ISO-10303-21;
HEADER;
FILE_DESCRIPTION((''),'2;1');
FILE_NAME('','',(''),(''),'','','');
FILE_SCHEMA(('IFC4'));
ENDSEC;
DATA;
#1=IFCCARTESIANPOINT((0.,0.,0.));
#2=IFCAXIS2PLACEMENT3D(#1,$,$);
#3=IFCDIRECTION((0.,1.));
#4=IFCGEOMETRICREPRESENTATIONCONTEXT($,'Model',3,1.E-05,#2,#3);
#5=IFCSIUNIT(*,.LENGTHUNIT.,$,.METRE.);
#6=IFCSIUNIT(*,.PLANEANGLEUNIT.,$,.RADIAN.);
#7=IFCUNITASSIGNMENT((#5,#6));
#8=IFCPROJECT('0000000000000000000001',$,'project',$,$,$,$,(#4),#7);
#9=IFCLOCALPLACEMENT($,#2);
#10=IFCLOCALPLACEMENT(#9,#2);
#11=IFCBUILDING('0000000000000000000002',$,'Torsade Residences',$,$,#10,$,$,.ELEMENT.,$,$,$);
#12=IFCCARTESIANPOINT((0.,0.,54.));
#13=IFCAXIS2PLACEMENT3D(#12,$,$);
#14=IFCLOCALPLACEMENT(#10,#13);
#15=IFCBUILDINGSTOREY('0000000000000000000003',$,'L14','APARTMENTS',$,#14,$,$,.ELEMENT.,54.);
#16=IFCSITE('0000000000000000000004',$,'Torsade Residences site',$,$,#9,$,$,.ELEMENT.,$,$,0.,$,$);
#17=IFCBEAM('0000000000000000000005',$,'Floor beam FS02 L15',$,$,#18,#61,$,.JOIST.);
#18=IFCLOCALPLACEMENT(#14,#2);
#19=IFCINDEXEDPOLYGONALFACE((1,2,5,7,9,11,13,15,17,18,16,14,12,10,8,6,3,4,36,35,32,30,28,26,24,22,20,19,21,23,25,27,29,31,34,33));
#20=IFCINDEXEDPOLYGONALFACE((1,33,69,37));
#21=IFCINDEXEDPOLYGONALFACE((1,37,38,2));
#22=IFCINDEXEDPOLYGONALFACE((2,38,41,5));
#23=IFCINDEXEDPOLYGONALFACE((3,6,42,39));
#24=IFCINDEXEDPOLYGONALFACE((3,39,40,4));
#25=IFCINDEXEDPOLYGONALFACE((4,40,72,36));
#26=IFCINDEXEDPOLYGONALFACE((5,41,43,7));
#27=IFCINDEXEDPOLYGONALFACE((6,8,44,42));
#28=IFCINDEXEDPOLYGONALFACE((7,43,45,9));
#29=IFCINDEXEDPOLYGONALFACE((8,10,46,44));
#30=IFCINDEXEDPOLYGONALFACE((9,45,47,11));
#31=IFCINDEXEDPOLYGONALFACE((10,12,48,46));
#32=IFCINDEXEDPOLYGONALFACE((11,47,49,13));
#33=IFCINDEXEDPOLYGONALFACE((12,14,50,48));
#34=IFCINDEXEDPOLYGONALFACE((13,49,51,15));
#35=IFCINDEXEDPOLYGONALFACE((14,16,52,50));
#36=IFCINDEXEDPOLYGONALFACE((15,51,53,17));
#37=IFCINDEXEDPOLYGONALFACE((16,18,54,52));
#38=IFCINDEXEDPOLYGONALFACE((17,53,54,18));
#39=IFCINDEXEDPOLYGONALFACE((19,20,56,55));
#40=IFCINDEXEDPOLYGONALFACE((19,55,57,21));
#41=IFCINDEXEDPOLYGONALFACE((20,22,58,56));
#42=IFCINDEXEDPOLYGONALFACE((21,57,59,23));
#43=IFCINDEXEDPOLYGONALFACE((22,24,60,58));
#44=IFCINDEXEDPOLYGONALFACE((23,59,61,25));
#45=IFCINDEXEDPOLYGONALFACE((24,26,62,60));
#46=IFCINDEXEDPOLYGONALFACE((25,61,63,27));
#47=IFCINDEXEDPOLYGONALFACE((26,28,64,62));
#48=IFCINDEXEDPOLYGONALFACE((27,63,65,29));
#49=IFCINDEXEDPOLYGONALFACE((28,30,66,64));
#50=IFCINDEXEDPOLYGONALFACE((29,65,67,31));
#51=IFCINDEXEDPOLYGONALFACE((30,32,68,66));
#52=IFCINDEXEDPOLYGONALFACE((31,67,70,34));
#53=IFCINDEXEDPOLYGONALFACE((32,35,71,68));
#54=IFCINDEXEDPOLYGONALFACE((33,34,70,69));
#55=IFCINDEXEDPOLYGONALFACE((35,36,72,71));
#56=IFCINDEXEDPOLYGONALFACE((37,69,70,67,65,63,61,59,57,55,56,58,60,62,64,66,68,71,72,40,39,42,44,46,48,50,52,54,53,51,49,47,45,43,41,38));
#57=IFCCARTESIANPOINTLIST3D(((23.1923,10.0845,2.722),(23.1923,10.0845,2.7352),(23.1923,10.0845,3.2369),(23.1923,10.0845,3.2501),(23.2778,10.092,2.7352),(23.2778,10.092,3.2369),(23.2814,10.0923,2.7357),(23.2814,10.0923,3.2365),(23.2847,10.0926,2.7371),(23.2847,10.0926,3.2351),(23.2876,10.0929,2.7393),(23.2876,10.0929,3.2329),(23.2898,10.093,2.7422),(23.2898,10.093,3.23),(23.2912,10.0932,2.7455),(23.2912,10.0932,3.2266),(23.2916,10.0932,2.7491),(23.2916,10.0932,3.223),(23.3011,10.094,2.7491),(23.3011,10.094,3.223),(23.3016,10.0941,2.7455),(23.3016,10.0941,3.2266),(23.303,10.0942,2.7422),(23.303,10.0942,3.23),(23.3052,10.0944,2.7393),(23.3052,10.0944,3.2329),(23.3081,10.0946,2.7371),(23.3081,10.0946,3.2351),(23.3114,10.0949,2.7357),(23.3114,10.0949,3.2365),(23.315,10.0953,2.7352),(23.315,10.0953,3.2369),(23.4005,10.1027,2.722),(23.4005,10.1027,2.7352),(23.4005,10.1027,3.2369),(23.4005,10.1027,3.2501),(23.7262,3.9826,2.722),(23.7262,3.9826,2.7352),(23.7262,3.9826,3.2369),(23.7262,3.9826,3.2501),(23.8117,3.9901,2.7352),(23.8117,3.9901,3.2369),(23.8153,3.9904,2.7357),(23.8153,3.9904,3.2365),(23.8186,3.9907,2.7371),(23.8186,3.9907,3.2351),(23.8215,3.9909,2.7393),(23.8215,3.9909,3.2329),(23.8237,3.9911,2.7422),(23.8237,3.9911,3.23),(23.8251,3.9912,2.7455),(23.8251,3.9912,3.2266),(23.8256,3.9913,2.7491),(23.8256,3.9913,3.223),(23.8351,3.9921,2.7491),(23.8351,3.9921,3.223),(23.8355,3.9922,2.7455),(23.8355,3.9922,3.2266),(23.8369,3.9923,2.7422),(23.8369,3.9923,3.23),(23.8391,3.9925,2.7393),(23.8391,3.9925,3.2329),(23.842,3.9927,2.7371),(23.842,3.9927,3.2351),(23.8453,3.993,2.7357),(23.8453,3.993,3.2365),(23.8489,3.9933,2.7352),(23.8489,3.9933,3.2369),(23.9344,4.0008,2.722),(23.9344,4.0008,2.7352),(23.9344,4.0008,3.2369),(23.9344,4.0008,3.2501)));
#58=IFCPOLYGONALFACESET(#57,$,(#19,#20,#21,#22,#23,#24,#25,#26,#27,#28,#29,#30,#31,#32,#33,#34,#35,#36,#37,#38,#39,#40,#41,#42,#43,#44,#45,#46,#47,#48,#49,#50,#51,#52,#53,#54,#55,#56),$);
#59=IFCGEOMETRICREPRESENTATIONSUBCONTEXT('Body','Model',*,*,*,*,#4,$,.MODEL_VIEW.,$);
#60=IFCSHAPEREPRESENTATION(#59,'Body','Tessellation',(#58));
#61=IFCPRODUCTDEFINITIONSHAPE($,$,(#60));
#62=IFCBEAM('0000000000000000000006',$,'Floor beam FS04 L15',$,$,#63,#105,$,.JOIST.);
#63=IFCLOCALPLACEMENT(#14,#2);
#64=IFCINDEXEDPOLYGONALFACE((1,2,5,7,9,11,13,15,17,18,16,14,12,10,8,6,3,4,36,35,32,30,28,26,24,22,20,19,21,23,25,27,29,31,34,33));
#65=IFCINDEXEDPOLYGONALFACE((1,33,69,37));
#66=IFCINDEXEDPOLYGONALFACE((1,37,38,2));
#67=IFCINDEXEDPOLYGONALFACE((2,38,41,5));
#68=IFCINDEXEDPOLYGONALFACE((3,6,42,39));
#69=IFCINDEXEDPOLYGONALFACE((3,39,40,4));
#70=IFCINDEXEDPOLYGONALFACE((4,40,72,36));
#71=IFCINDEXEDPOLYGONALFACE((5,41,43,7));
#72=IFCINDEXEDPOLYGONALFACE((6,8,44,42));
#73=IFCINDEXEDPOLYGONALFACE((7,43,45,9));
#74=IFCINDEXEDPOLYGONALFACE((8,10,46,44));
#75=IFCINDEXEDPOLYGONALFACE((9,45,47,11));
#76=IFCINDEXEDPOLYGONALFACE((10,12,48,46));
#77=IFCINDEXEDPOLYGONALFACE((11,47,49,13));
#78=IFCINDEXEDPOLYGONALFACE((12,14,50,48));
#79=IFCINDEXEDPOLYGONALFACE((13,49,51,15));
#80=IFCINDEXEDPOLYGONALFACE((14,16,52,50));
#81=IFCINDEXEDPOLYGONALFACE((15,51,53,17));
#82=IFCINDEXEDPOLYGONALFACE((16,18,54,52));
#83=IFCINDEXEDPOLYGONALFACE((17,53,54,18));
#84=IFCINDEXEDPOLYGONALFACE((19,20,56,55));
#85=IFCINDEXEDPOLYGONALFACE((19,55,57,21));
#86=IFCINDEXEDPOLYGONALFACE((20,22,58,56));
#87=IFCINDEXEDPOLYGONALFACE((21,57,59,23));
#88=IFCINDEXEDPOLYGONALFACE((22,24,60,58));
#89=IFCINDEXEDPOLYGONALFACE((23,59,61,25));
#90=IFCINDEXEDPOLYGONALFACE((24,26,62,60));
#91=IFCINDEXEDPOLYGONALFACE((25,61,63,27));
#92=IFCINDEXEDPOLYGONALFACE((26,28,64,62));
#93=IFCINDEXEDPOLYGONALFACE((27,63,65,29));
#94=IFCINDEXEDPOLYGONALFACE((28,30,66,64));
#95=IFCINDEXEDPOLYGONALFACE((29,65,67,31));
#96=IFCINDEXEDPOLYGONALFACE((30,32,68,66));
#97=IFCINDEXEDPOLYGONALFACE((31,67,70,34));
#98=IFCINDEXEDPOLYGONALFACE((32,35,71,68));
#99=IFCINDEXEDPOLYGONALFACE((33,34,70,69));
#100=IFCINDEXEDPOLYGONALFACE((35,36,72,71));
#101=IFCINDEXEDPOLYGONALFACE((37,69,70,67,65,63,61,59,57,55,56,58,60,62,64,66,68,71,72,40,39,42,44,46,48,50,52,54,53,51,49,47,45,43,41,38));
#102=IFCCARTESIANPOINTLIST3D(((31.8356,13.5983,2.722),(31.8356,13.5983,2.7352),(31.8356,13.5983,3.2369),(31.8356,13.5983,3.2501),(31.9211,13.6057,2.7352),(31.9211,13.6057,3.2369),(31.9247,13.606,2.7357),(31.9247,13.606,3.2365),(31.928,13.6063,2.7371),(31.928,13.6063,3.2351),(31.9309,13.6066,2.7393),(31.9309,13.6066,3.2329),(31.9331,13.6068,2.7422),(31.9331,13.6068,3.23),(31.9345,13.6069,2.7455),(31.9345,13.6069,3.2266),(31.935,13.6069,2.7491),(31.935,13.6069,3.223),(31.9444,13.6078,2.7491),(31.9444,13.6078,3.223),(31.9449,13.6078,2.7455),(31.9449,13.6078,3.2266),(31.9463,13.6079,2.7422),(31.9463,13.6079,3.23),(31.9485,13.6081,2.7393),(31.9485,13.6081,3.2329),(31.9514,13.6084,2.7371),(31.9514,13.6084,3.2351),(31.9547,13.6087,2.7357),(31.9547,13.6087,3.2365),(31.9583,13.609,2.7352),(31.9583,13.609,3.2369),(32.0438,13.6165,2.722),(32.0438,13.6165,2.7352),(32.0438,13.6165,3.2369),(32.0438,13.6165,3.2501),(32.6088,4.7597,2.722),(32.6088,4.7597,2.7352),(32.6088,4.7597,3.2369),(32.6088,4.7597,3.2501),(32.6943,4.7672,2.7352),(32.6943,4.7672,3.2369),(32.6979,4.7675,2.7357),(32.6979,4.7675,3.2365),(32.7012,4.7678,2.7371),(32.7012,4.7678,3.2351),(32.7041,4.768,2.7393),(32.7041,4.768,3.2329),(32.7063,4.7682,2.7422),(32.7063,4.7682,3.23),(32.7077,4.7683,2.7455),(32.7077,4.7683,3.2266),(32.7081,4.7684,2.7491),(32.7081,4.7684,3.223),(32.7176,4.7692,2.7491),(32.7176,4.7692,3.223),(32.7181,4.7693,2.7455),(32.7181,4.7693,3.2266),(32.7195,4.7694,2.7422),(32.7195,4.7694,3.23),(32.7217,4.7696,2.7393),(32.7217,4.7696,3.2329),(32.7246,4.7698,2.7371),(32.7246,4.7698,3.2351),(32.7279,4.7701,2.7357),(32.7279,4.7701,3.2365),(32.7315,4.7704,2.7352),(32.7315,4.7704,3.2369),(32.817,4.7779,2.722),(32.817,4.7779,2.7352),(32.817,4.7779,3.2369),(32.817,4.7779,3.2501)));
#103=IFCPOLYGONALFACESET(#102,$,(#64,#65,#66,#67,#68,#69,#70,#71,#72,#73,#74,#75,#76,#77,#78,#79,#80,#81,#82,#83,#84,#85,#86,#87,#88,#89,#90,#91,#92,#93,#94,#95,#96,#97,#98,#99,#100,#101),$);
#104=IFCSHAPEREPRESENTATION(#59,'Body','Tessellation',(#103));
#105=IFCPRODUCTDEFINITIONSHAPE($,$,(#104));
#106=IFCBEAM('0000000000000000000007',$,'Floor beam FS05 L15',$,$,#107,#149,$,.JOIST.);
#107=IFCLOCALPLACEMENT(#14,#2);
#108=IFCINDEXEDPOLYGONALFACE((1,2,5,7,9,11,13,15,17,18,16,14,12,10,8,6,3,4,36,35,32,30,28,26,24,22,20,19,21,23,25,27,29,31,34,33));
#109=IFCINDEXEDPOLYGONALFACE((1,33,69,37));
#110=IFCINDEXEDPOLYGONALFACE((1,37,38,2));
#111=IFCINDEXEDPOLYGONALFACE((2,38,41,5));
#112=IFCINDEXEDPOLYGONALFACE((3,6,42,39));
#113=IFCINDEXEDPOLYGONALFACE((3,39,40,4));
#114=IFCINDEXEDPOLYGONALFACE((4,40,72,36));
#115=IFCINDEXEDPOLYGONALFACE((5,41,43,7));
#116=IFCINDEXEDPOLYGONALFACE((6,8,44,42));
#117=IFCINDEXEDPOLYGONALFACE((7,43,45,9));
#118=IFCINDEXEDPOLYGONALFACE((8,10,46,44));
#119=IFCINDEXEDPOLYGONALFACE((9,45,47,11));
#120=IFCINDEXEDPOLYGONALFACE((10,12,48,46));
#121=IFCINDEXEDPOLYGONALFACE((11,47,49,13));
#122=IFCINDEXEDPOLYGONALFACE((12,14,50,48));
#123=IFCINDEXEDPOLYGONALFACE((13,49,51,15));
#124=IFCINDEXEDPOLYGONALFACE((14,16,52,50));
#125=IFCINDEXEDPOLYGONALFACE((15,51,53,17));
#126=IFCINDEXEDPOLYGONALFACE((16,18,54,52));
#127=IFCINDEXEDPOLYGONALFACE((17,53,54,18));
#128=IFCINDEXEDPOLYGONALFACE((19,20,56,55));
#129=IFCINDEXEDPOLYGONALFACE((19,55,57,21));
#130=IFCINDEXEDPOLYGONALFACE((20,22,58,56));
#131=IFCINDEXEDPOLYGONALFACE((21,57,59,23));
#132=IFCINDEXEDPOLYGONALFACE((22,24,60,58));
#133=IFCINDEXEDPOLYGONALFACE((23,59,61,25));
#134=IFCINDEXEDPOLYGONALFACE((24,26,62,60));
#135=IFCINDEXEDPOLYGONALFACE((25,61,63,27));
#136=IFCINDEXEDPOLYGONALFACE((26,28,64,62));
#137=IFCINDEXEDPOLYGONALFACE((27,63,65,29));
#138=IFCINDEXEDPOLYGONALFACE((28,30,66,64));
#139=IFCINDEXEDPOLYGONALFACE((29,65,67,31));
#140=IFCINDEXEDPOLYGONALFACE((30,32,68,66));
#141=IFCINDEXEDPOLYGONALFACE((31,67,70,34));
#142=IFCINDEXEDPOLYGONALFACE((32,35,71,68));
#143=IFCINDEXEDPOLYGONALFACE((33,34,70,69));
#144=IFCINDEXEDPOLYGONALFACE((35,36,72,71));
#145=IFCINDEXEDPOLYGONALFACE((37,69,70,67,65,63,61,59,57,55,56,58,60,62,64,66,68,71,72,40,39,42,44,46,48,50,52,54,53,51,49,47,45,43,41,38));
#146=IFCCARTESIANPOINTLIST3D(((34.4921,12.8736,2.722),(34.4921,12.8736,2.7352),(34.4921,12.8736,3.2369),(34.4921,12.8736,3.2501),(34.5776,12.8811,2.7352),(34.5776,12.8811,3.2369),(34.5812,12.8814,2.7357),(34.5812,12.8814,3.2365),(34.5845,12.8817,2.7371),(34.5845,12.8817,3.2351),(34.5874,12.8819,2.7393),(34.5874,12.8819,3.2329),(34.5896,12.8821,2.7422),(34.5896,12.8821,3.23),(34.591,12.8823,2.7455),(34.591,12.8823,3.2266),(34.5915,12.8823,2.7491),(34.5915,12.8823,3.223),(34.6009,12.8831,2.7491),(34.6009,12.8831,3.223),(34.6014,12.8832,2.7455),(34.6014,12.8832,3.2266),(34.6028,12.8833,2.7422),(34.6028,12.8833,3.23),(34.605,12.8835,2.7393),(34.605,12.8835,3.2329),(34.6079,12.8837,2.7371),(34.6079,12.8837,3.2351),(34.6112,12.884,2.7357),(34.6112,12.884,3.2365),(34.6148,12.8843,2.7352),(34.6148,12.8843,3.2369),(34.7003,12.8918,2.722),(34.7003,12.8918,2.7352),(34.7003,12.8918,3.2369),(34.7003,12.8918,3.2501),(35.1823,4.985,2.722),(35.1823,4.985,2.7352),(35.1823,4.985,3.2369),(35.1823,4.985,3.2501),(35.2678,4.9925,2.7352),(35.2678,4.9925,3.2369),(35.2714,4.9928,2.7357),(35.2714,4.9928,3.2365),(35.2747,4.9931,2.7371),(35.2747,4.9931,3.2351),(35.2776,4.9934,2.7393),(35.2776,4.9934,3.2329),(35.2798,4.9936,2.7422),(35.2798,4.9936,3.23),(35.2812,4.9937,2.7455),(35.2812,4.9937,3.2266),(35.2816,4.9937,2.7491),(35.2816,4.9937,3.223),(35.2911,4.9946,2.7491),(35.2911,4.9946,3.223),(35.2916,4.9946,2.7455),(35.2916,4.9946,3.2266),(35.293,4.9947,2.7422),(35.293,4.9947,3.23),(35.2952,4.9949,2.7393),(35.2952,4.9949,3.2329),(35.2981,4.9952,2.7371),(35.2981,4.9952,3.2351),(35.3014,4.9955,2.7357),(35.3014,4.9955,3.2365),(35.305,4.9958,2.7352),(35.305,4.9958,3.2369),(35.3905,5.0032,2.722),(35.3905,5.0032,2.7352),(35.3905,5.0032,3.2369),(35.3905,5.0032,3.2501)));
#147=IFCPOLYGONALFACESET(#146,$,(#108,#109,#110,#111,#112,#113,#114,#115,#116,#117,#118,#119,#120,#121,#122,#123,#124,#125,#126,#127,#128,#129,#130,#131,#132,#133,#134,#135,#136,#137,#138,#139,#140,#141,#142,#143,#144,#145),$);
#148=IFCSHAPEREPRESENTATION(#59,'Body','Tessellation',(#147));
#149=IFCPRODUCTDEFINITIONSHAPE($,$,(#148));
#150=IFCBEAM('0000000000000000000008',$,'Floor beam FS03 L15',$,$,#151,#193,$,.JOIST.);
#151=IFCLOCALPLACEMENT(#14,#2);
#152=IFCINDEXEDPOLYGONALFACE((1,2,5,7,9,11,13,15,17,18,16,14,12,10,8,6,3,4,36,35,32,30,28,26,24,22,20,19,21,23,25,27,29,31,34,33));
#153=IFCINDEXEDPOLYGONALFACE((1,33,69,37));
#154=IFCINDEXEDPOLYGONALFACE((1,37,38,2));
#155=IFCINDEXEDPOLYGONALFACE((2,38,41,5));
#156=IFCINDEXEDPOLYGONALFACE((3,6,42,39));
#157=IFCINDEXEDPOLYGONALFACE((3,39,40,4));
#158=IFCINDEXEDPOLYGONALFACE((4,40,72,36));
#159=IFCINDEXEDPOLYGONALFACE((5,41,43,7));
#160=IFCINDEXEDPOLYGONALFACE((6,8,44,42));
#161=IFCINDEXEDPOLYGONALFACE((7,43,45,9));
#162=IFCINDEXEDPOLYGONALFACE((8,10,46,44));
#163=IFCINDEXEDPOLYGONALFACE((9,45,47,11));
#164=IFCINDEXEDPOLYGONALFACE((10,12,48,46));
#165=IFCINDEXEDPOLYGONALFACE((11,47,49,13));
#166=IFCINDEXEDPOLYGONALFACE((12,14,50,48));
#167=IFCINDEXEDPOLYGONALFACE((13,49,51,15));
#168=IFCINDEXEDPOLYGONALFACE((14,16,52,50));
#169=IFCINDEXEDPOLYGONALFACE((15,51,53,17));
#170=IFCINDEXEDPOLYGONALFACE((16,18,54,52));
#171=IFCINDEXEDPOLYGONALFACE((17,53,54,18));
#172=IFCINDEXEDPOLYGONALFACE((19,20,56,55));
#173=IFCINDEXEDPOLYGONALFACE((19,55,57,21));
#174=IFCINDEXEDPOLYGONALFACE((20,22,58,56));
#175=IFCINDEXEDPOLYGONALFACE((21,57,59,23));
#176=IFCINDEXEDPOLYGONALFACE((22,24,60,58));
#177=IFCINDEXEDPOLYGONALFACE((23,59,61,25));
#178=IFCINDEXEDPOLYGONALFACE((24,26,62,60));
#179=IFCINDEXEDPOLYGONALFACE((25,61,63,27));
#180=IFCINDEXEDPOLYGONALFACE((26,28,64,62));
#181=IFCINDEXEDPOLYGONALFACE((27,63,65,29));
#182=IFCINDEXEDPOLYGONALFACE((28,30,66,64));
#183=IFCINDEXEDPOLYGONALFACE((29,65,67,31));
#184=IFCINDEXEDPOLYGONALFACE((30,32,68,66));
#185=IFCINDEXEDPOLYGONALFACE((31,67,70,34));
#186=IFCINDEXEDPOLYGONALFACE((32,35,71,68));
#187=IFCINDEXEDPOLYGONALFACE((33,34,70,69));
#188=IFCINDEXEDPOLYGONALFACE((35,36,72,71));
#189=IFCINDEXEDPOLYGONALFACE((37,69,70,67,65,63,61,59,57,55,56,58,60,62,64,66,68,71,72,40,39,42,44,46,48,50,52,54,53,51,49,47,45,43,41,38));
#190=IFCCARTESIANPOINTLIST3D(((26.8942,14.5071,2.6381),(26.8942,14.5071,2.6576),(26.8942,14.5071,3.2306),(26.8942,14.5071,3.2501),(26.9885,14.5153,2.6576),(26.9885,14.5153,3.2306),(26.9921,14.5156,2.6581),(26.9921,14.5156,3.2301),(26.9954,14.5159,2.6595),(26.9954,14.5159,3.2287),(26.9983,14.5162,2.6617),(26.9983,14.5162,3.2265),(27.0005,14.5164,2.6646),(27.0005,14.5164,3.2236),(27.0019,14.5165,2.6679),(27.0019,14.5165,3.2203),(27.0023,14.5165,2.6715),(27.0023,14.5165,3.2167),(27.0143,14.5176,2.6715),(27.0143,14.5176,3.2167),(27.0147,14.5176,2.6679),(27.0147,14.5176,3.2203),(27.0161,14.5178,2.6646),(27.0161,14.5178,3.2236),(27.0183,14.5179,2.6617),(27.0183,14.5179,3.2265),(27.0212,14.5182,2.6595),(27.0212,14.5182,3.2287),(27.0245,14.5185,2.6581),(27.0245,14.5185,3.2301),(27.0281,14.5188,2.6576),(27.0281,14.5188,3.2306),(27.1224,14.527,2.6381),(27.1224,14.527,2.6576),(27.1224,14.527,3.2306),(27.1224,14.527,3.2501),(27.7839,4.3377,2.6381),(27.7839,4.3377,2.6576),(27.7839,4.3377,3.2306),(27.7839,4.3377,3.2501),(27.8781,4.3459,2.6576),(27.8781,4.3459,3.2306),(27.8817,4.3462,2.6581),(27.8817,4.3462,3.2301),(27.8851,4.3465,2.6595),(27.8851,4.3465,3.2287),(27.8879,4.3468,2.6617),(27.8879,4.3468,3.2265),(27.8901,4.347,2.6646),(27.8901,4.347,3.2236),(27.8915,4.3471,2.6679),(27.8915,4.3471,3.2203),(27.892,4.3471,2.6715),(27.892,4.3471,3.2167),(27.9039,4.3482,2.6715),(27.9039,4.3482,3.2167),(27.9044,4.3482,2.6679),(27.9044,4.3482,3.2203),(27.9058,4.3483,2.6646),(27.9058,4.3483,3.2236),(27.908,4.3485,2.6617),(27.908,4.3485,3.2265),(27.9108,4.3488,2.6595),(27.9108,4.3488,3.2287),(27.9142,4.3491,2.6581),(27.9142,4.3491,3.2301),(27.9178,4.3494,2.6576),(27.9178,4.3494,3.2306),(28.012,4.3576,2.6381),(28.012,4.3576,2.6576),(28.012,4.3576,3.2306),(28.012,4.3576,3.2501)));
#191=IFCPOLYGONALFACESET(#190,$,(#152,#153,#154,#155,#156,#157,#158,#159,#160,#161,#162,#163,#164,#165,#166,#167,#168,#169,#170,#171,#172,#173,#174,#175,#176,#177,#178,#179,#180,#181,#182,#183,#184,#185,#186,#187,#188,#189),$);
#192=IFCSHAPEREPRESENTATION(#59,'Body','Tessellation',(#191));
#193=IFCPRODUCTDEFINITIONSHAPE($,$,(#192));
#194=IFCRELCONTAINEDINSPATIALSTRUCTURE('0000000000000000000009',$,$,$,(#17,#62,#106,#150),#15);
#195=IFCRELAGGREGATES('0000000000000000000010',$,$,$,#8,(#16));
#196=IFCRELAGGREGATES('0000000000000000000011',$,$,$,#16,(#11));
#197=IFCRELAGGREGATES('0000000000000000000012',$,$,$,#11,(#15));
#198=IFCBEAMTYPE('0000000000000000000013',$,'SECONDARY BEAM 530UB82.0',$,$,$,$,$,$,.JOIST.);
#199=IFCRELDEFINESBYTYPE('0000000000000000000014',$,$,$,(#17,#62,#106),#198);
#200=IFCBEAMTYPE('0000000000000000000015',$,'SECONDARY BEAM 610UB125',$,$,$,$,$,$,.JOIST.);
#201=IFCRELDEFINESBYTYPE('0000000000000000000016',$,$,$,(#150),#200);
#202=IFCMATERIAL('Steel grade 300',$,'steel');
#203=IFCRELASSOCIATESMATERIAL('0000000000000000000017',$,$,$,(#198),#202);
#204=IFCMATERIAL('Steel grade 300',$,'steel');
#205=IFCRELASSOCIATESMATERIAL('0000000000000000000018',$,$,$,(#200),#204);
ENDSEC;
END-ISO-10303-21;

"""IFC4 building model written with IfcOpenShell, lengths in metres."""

from ifc_helpers import new_model, si_unit, direction, frame, origin, origin_2d, place, context, subcontext, project, spatial, i_section, extrude, material, material_profile, profile_set, type_object, element, save


model = new_model("IFC4")

# Units and contexts
model_context = context("Model", 3, precision=1e-05, world=origin(), true_north=direction((0.0, 1.0)))
body_context = subcontext(model_context, "Body", "Model", "MODEL_VIEW")
ifc_project = project(units=[si_unit("LENGTHUNIT", "METRE"), si_unit("PLANEANGLEUNIT", "RADIAN")], contexts=[model_context])

# Site, building, storey
site_placement = place(None, origin())
site = spatial("IfcSite", under=ifc_project, at=site_placement, Name="Torsade Residences site", CompositionType="ELEMENT", RefElevation=0.0)
building_placement = place(site_placement, origin())
building = spatial("IfcBuilding", under=site, at=building_placement, Name="Torsade Residences", CompositionType="ELEMENT")
storey_placement = place(building_placement, frame((0.0, 0.0, 54.0)))
storey = spatial("IfcBuildingStorey", under=building, at=storey_placement, Name="L14", Description="APARTMENTS", CompositionType="ELEMENT", Elevation=54.0)

# Beams
ifc_material_1 = material(Name="Steel grade 300", Category="steel")
ifc_material_profile_1 = material_profile(ifc_material_1, i_section(OverallWidth=0.209, OverallDepth=0.5281, WebThickness=0.0095, FlangeThickness=0.0132, FilletRadius=0.0139, at=origin_2d()), Name="530UB82.0")
ifc_profile_set_1 = profile_set([ifc_material_profile_1], Name="Steel grade 300")
beam_type_1 = type_object("IfcBeamType", Name="SECONDARY BEAM 530UB82.0", PredefinedType="JOIST", material=ifc_profile_set_1)
beam_1_placement = place(storey_placement, frame((23.8303, 3.9917, 2.9861), z_axis=(-0.087171, 0.996193, 0.0), x_axis=(-0.996193, -0.087171, 0.0)))
element("IfcBeam", 1, at=beam_1_placement, inside=storey, type_object=beam_type_1, Name="Floor beam FS02 L15", PredefinedType="JOIST", context=body_context, shape_type="SweptSolid", body=[
    extrude(i_section(OverallWidth=0.209, OverallDepth=0.5281, WebThickness=0.0095, FlangeThickness=0.0132, FilletRadius=0.0139, at=origin_2d()), origin(), (0.0, 0.0, 1.0), 6.1252),
])
beam_2_placement = place(storey_placement, frame((32.7129, 4.7688, 2.9861), z_axis=(-0.087146, 0.996196, 0.0), x_axis=(-0.996196, -0.087146, 0.0)))
element("IfcBeam", 2, at=beam_2_placement, inside=storey, type_object=beam_type_1, Name="Floor beam FS04 L15", PredefinedType="JOIST", context=body_context, shape_type="SweptSolid", body=[
    extrude(i_section(OverallWidth=0.209, OverallDepth=0.5281, WebThickness=0.0095, FlangeThickness=0.0132, FilletRadius=0.0139, at=origin_2d()), origin(), (0.0, 0.0, 1.0), 8.8723),
])
beam_3_placement = place(storey_placement, frame((35.2864, 4.9941, 2.9861), z_axis=(-0.087158, 0.996195, 0.0), x_axis=(-0.996195, -0.087158, 0.0)))
element("IfcBeam", 3, at=beam_3_placement, inside=storey, type_object=beam_type_1, Name="Floor beam FS05 L15", PredefinedType="JOIST", context=body_context, shape_type="SweptSolid", body=[
    extrude(i_section(OverallWidth=0.209, OverallDepth=0.5281, WebThickness=0.0095, FlangeThickness=0.0132, FilletRadius=0.0139, at=origin_2d()), origin(), (0.0, 0.0, 1.0), 7.9187),
])
ifc_material_2 = material(Name="Steel grade 300", Category="steel")
ifc_material_profile_2 = material_profile(ifc_material_2, i_section(OverallWidth=0.229, OverallDepth=0.6121, WebThickness=0.012, FlangeThickness=0.0195, FilletRadius=0.0139, at=origin_2d()), Name="610UB125")
ifc_profile_set_2 = profile_set([ifc_material_profile_2], Name="Steel grade 300")
beam_type_2 = type_object("IfcBeamType", Name="SECONDARY BEAM 610UB125", PredefinedType="JOIST", material=ifc_profile_set_2)
beam_4_placement = place(storey_placement, frame((27.8979, 4.3477, 2.9441), z_axis=(-0.08715, 0.996195, 0.0), x_axis=(-0.996195, -0.08715, 0.0)))
element("IfcBeam", 4, at=beam_4_placement, inside=storey, type_object=beam_type_2, Name="Floor beam FS03 L15", PredefinedType="JOIST", context=body_context, shape_type="SweptSolid", body=[
    extrude(i_section(OverallWidth=0.229, OverallDepth=0.6121, WebThickness=0.012, FlangeThickness=0.0195, FilletRadius=0.0139, at=origin_2d()), origin(), (0.0, 0.0, 1.0), 10.2083),
])

save(model, "model.ifc")
